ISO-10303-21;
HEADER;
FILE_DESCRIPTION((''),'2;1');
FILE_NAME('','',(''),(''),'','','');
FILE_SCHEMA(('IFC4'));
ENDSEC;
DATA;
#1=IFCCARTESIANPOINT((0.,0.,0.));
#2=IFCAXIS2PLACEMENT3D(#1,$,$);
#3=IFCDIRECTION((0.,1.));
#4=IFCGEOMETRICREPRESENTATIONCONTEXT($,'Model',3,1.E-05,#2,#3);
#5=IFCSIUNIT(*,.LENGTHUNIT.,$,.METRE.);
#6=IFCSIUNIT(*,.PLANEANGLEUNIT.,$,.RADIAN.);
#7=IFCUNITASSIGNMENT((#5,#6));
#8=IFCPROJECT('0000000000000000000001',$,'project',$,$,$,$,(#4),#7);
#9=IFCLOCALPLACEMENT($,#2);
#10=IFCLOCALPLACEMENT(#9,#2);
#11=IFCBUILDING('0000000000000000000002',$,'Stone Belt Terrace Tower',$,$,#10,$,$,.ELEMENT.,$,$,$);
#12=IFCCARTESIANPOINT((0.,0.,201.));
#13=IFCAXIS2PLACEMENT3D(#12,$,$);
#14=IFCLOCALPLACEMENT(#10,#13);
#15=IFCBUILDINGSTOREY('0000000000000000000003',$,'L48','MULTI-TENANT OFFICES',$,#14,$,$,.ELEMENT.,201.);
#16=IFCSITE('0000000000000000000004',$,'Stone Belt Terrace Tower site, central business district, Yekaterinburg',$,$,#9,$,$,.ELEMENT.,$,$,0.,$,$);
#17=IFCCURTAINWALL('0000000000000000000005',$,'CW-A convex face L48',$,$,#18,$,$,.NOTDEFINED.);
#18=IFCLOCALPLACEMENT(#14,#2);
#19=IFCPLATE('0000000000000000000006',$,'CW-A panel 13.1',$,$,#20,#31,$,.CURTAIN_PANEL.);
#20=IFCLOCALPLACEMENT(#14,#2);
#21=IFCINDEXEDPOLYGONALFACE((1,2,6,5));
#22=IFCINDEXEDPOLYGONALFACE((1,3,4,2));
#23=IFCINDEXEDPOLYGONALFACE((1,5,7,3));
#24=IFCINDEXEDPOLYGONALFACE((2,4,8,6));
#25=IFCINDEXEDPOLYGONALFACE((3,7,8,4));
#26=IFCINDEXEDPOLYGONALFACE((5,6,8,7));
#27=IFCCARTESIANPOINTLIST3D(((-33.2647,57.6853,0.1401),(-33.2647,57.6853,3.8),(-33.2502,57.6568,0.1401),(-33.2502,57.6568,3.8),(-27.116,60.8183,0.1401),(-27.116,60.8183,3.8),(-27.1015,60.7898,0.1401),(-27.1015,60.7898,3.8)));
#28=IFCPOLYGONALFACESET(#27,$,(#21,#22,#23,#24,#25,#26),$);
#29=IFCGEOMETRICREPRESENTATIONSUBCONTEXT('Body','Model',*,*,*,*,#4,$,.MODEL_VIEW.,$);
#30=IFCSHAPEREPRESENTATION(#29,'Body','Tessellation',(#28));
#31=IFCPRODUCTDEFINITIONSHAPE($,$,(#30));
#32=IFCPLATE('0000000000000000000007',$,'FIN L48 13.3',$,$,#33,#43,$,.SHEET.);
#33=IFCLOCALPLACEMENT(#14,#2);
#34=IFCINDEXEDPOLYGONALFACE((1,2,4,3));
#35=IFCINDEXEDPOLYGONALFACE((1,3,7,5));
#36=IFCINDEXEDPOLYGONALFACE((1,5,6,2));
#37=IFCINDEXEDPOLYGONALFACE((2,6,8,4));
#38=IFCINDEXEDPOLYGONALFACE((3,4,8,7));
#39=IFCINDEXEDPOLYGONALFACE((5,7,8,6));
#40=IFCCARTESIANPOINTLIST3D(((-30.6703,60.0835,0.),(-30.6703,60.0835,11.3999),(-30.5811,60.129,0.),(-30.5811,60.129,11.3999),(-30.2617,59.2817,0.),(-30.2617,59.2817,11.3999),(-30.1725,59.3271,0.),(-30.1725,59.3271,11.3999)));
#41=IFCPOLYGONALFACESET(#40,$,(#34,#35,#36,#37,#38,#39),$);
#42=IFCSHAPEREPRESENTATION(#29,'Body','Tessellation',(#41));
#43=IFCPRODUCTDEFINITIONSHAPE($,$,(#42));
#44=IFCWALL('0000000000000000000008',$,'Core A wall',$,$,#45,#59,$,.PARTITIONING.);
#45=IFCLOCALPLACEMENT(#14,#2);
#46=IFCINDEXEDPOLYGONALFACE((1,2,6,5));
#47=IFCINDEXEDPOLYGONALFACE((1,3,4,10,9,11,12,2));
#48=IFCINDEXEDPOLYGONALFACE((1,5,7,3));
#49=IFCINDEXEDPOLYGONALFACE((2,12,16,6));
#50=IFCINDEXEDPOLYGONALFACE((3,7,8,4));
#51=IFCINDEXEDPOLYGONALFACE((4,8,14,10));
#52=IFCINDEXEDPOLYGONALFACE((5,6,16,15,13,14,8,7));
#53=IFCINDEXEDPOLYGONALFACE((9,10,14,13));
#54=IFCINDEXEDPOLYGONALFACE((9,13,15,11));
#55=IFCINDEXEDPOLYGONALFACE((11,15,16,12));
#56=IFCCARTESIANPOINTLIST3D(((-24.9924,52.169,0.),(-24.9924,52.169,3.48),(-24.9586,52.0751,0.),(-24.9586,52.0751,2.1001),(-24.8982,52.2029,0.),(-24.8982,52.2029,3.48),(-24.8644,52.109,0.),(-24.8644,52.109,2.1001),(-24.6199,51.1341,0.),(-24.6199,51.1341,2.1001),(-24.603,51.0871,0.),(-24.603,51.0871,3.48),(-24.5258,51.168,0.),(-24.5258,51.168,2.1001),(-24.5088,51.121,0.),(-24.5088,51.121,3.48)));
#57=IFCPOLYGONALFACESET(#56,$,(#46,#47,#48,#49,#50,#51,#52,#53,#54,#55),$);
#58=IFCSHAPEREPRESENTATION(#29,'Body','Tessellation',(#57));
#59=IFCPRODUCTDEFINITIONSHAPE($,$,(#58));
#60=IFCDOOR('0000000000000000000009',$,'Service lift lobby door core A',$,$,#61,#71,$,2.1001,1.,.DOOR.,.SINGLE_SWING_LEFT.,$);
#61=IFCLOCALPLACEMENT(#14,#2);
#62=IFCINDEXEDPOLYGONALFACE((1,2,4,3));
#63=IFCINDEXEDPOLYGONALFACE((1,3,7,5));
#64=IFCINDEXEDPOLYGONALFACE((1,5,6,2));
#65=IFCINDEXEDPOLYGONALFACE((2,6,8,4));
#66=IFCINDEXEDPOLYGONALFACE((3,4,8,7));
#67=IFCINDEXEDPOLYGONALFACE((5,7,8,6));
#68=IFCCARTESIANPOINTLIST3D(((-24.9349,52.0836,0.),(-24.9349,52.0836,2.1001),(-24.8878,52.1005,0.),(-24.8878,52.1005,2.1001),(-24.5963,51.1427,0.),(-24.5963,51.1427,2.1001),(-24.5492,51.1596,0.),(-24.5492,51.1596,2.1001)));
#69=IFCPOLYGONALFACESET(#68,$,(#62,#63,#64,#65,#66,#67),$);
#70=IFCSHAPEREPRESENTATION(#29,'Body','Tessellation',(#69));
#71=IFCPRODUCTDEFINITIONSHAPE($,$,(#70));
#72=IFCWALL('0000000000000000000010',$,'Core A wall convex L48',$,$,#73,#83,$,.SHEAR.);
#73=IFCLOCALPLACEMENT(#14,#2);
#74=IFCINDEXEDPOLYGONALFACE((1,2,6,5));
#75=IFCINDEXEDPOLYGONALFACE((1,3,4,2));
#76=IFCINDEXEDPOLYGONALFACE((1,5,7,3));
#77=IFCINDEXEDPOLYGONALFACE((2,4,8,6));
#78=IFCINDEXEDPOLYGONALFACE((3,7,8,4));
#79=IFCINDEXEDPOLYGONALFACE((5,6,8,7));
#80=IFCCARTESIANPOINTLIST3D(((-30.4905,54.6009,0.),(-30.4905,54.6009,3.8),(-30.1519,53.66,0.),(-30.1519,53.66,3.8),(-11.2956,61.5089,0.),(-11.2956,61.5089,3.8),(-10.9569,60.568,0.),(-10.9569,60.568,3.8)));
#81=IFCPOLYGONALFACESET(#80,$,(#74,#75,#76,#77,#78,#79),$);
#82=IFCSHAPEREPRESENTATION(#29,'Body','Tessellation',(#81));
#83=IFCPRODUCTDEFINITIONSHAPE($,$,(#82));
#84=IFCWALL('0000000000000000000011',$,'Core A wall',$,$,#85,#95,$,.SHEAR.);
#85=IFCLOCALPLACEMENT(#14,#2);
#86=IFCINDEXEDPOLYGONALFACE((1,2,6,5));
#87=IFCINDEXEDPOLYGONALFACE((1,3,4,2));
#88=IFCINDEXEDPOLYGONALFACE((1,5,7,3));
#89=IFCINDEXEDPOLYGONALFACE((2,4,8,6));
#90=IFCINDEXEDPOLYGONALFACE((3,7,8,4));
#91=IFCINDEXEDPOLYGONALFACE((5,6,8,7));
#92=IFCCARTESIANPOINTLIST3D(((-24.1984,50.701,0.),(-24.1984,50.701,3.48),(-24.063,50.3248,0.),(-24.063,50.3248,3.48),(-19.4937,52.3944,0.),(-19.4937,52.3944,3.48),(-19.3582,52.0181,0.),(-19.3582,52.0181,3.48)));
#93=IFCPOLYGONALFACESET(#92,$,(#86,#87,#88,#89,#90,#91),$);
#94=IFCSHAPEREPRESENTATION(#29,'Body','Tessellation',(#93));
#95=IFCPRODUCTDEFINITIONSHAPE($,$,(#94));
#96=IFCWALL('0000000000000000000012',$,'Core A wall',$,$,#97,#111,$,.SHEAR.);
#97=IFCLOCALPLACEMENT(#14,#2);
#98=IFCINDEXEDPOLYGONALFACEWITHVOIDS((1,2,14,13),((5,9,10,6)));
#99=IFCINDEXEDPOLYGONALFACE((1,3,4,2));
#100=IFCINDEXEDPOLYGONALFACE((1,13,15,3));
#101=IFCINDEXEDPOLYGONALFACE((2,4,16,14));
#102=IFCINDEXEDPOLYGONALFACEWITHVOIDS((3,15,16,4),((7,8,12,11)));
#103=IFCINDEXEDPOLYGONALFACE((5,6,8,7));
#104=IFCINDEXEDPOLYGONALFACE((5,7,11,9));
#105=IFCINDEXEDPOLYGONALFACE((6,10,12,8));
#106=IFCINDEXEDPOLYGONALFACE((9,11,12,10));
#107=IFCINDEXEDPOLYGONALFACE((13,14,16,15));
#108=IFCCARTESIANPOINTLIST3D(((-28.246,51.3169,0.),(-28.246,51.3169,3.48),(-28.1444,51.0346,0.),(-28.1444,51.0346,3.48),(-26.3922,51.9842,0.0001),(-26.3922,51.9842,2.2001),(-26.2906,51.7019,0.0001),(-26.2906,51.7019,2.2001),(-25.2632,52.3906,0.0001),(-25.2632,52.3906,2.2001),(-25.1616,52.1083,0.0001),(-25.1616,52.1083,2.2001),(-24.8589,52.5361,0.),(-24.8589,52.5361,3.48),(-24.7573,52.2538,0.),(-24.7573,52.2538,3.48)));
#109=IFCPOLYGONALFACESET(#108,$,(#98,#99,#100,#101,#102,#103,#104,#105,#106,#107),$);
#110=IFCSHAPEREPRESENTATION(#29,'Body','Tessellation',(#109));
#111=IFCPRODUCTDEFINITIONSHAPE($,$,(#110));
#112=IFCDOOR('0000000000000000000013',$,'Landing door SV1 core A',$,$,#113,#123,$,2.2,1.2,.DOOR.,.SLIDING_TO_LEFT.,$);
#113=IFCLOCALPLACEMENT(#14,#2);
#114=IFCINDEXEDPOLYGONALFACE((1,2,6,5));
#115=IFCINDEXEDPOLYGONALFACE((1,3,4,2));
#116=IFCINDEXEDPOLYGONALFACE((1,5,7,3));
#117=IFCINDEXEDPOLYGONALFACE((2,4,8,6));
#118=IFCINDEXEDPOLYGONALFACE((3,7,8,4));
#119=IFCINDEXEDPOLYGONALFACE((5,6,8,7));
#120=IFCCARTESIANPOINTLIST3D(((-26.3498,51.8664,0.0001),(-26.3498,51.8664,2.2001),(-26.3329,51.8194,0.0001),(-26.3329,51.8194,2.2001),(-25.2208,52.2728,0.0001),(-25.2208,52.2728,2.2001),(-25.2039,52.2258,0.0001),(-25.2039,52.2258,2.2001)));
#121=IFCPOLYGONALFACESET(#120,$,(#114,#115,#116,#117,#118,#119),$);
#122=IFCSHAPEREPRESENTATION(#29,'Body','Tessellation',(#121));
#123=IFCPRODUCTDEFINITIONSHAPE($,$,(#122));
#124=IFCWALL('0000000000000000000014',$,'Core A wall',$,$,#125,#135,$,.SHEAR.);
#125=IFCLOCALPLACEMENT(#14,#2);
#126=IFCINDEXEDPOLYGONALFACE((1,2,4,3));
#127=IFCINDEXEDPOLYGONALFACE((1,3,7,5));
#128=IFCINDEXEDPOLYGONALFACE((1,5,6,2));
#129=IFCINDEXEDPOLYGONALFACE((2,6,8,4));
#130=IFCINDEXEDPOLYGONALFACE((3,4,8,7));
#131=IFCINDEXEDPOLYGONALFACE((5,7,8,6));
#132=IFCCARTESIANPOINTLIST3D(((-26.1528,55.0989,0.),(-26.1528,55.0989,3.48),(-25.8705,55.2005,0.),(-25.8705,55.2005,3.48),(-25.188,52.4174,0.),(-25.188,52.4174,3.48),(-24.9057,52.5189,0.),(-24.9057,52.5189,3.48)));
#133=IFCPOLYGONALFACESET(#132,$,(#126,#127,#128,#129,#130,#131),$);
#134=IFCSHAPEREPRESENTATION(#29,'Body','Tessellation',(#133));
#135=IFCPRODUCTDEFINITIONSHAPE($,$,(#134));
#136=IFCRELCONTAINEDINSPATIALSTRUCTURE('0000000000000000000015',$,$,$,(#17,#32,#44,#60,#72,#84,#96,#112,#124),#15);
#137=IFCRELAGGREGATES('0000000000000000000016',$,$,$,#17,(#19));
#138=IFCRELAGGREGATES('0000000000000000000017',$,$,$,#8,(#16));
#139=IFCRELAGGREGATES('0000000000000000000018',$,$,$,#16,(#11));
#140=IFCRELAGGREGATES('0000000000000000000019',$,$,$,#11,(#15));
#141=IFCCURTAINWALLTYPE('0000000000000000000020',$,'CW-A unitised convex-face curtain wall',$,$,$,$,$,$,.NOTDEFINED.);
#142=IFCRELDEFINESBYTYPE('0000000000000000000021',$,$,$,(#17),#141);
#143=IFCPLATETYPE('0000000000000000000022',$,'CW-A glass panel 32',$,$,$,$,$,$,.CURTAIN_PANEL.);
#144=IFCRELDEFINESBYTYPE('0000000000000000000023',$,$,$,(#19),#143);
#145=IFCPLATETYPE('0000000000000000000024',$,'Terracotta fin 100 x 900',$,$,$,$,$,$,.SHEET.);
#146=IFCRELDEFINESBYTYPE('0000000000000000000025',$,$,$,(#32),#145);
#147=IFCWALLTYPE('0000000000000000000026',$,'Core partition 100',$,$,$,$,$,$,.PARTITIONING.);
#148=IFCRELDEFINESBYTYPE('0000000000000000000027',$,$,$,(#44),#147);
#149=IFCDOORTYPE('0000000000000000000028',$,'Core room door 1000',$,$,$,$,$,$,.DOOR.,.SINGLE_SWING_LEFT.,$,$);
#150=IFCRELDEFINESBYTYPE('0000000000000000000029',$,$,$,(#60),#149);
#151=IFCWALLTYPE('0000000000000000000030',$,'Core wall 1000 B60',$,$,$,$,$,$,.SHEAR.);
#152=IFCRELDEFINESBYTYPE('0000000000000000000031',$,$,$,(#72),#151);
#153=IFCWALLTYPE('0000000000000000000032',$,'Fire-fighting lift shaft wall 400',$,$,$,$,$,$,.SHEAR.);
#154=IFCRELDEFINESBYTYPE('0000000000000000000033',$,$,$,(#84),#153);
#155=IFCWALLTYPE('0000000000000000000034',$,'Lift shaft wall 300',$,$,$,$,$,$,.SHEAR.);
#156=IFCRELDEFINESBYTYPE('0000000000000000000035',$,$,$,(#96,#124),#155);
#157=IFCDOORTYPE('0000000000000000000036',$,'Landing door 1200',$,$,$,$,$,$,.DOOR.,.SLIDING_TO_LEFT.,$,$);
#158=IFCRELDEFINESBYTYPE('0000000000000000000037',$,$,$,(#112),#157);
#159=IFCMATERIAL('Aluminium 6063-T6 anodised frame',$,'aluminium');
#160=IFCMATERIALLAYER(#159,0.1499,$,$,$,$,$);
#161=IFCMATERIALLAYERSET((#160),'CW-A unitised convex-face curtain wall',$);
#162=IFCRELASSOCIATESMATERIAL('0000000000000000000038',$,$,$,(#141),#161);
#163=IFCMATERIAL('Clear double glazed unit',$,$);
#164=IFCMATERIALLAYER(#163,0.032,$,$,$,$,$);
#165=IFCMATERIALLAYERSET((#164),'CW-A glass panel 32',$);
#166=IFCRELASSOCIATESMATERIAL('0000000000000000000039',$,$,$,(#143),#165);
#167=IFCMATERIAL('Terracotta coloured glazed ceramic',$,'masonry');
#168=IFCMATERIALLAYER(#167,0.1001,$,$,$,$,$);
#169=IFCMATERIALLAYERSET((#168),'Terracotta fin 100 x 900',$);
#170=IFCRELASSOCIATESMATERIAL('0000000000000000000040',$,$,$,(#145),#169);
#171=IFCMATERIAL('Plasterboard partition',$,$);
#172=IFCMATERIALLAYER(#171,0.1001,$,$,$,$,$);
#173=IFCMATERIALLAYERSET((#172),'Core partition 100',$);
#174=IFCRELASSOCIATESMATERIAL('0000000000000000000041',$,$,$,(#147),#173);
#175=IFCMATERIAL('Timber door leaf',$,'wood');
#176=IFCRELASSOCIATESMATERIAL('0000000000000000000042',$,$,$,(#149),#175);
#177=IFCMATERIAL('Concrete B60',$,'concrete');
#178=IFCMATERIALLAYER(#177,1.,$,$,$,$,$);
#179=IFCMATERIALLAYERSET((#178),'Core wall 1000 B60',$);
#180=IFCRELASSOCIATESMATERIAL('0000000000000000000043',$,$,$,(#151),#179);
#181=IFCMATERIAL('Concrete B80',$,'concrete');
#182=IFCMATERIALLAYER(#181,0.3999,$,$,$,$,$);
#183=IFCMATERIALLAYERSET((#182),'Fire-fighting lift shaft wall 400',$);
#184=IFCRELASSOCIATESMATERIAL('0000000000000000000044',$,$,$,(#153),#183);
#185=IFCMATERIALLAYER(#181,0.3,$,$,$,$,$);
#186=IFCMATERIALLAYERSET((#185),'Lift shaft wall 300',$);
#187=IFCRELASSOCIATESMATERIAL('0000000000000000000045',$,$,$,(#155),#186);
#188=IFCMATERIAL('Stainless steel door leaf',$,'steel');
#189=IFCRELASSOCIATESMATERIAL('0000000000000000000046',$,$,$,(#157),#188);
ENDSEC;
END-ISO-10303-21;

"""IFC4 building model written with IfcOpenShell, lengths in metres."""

from ifc_helpers import new_model, si_unit, direction, frame, frame_2d, origin, origin_2d, place, context, subcontext, project, spatial, rectangle, extrude, material, layer, layer_set, type_object, element, fill, aggregate, save


model = new_model("IFC4")

# Units and contexts
model_context = context("Model", 3, precision=1e-05, world=origin(), true_north=direction((0.0, 1.0)))
body_context = subcontext(model_context, "Body", "Model", "MODEL_VIEW")
ifc_project = project(units=[si_unit("LENGTHUNIT", "METRE"), si_unit("PLANEANGLEUNIT", "RADIAN")], contexts=[model_context])

# Site, building, storey
site_placement = place(None, origin())
site = spatial("IfcSite", under=ifc_project, at=site_placement, Name="Stone Belt Terrace Tower site, central business district, Yekaterinburg", CompositionType="ELEMENT", RefElevation=0.0)
building_placement = place(site_placement, origin())
building = spatial("IfcBuilding", under=site, at=building_placement, Name="Stone Belt Terrace Tower", CompositionType="ELEMENT")
storey_placement = place(building_placement, frame((0.0, 0.0, 201.0)))
storey = spatial("IfcBuildingStorey", under=building, at=storey_placement, Name="L48", Description="MULTI-TENANT OFFICES", CompositionType="ELEMENT", Elevation=201.0)

# Curtain wall, plate
ifc_material_1 = material(Name="Aluminium 6063-T6 anodised frame", Category="aluminium")
ifc_layer_1 = layer(ifc_material_1, 0.1499)
ifc_layer_set_1 = layer_set([ifc_layer_1], Name="CW-A unitised convex-face curtain wall")
curtain_wall_type = type_object("IfcCurtainWallType", Name="CW-A unitised convex-face curtain wall", PredefinedType="NOTDEFINED", material=ifc_layer_set_1)
curtain_wall_placement = place(storey_placement, origin())
curtain_wall = element("IfcCurtainWall", 1, at=curtain_wall_placement, inside=storey, type_object=curtain_wall_type, Name="CW-A convex face L48", PredefinedType="NOTDEFINED")
ifc_material_2 = material(Name="Clear double glazed unit")
ifc_layer_2 = layer(ifc_material_2, 0.032)
ifc_layer_set_2 = layer_set([ifc_layer_2], Name="CW-A glass panel 32")
plate_type_1 = type_object("IfcPlateType", Name="CW-A glass panel 32", PredefinedType="CURTAIN_PANEL", material=ifc_layer_set_2)
plate_1_placement = place(storey_placement, frame((-30.1831, 59.2375, 0.1401), z_axis=(0.0, 0.0, 1.0), x_axis=(-0.891007, -0.45399, 0.0)))
plate_1 = element("IfcPlate", 2, at=plate_1_placement, type_object=plate_type_1, Name="CW-A panel 13.1", PredefinedType="CURTAIN_PANEL", context=body_context, shape_type="SweptSolid", body=[
    extrude(rectangle(XDim=6.9009, YDim=0.032, at=origin_2d()), origin(), (0.0, 0.0, 1.0), 3.6599),
])
aggregate(curtain_wall, [plate_1])

# Plate
ifc_material_3 = material(Name="Terracotta coloured glazed ceramic", Category="masonry")
ifc_layer_3 = layer(ifc_material_3, 0.1001)
ifc_layer_set_3 = layer_set([ifc_layer_3], Name="Terracotta fin 100 x 900")
plate_type_2 = type_object("IfcPlateType", Name="Terracotta fin 100 x 900", PredefinedType="SHEET", material=ifc_layer_set_3)
plate_2_placement = place(storey_placement, frame((-30.4214, 59.7053, 0.0), z_axis=(0.0, 0.0, 1.0), x_axis=(-0.45399, 0.891007, 0.0)))
element("IfcPlate", 3, at=plate_2_placement, inside=storey, type_object=plate_type_2, Name="FIN L48 13.3", PredefinedType="SHEET", context=body_context, shape_type="SweptSolid", body=[
    extrude(rectangle(XDim=0.8999, YDim=0.1001, at=origin_2d()), origin(), (0.0, 0.0, 1.0), 11.3999),
])

# Wall, opening, door
ifc_material_4 = material(Name="Plasterboard partition")
ifc_layer_4 = layer(ifc_material_4, 0.1001)
ifc_layer_set_4 = layer_set([ifc_layer_4], Name="Core partition 100")
wall_type_1 = type_object("IfcWallType", Name="Core partition 100", PredefinedType="PARTITIONING", material=ifc_layer_set_4)
wall_1_placement = place(storey_placement, frame((-24.5559, 51.104, 0.0), z_axis=(0.0, 0.0, 1.0), x_axis=(-0.338622, 0.940923, 0.0)))
wall_1 = element("IfcWall", 4, at=wall_1_placement, inside=storey, type_object=wall_type_1, Name="Core A wall", PredefinedType="PARTITIONING", context=body_context, shape_type="SweptSolid", body=[
    extrude(rectangle(XDim=1.1499, YDim=0.1001, at=frame_2d((0.575, 0.0))), origin(), (0.0, 0.0, 1.0), 3.48),
])
opening_1_placement = place(wall_1_placement, frame((0.05, 0.0, 0.0)))
opening_1 = element("IfcOpeningElement", 5, at=opening_1_placement, cuts=wall_1, PredefinedType="OPENING", context=body_context, shape_type="SweptSolid", body=[
    extrude(rectangle(XDim=1.0, YDim=2.1001, at=frame_2d((0.5, 1.05))), frame((0.0, 0.0601, 0.0), z_axis=(0.0, -1.0, 0.0), x_axis=(1.0, 0.0, 0.0)), (0.0, 0.0, 1.0), 0.1201),
])
ifc_material_5 = material(Name="Timber door leaf", Category="wood")
door_type_1 = type_object("IfcDoorType", Name="Core room door 1000", OperationType="SINGLE_SWING_LEFT", PredefinedType="DOOR", material=ifc_material_5)
door_1_placement = place(opening_1_placement, origin())
door_1 = element("IfcDoor", 6, at=door_1_placement, inside=storey, type_object=door_type_1, Name="Service lift lobby door core A", OperationType="SINGLE_SWING_LEFT", OverallHeight=2.1001, OverallWidth=1.0, PredefinedType="DOOR", context=body_context, shape_type="SweptSolid", body=[
    extrude(rectangle(XDim=1.0, YDim=2.1001, at=frame_2d((0.5, 1.05))), frame((0.0, 0.0249, 0.0), z_axis=(0.0, -1.0, 0.0), x_axis=(1.0, 0.0, 0.0)), (0.0, 0.0, 1.0), 0.05),
])
fill(opening_1, door_1)

# Walls
ifc_material_6 = material(Name="Concrete B60", Category="concrete")
ifc_layer_5 = layer(ifc_material_6, 1.0)
ifc_layer_set_5 = layer_set([ifc_layer_5], Name="Core wall 1000 B60")
wall_type_2 = type_object("IfcWallType", Name="Core wall 1000 B60", PredefinedType="SHEAR", material=ifc_layer_set_5)
wall_2_placement = place(storey_placement, frame((-30.3213, 54.1304, 0.0), z_axis=(0.0, 0.0, 1.0), x_axis=(0.940921, 0.338625, 0.0)))
element("IfcWall", 7, at=wall_2_placement, inside=storey, type_object=wall_type_2, Name="Core A wall convex L48", PredefinedType="SHEAR", context=body_context, shape_type="SweptSolid", body=[
    extrude(rectangle(XDim=20.4001, YDim=1.0, at=frame_2d((10.2002, 0.0))), origin(), (0.0, 0.0, 1.0), 3.8),
])
ifc_material_7 = material(Name="Concrete B80", Category="concrete")
ifc_layer_6 = layer(ifc_material_7, 0.3999)
ifc_layer_set_6 = layer_set([ifc_layer_6], Name="Fire-fighting lift shaft wall 400")
wall_type_3 = type_object("IfcWallType", Name="Fire-fighting lift shaft wall 400", PredefinedType="SHEAR", material=ifc_layer_set_6)
wall_3_placement = place(storey_placement, frame((-24.1306, 50.5129, 0.0), z_axis=(0.0, 0.0, 1.0), x_axis=(0.940912, 0.338652, 0.0)))
element("IfcWall", 8, at=wall_3_placement, inside=storey, type_object=wall_type_3, Name="Core A wall", PredefinedType="SHEAR", context=body_context, shape_type="SweptSolid", body=[
    extrude(rectangle(XDim=5.0002, YDim=0.3999, at=frame_2d((2.5, 0.0))), origin(), (0.0, 0.0, 1.0), 3.48),
])

# Wall, opening, door
ifc_layer_7 = layer(ifc_material_7, 0.3)
ifc_layer_set_7 = layer_set([ifc_layer_7], Name="Lift shaft wall 300")
wall_type_4 = type_object("IfcWallType", Name="Lift shaft wall 300", PredefinedType="SHEAR", material=ifc_layer_set_7)
wall_4_placement = place(storey_placement, frame((-28.1951, 51.1758, 0.0), z_axis=(0.0, 0.0, 1.0), x_axis=(0.940901, 0.338681, 0.0)))
wall_4 = element("IfcWall", 9, at=wall_4_placement, inside=storey, type_object=wall_type_4, Name="Core A wall", PredefinedType="SHEAR", context=body_context, shape_type="SweptSolid", body=[
    extrude(rectangle(XDim=3.5999, YDim=0.3, at=frame_2d((1.7998, 0.0))), origin(), (0.0, 0.0, 1.0), 3.48),
])
opening_2_placement = place(wall_4_placement, frame((1.97, 0.0, 0.0)))
opening_2 = element("IfcOpeningElement", 10, at=opening_2_placement, cuts=wall_4, PredefinedType="OPENING", context=body_context, shape_type="SweptSolid", body=[
    extrude(rectangle(XDim=1.2, YDim=2.2, at=frame_2d((0.6001, 1.1001))), frame((0.0, 0.1599, 0.0), z_axis=(0.0, -1.0, 0.0), x_axis=(1.0, 0.0, 0.0)), (0.0, 0.0, 1.0), 0.3201),
])
ifc_material_8 = material(Name="Stainless steel door leaf", Category="steel")
door_type_2 = type_object("IfcDoorType", Name="Landing door 1200", OperationType="SLIDING_TO_LEFT", PredefinedType="DOOR", material=ifc_material_8)
door_2_placement = place(opening_2_placement, origin())
door_2 = element("IfcDoor", 11, at=door_2_placement, inside=storey, type_object=door_type_2, Name="Landing door SV1 core A", OperationType="SLIDING_TO_LEFT", OverallHeight=2.2, OverallWidth=1.2, PredefinedType="DOOR", context=body_context, shape_type="SweptSolid", body=[
    extrude(rectangle(XDim=1.2, YDim=2.2, at=frame_2d((0.6001, 1.1001))), frame((0.0, 0.0249, 0.0), z_axis=(0.0, -1.0, 0.0), x_axis=(1.0, 0.0, 0.0)), (0.0, 0.0, 1.0), 0.05),
])
fill(opening_2, door_2)

# Wall
wall_5_placement = place(storey_placement, frame((-25.0469, 52.4683, 0.0), z_axis=(0.0, 0.0, 1.0), x_axis=(-0.33855, 0.940949, 0.0)))
element("IfcWall", 12, at=wall_5_placement, inside=storey, type_object=wall_type_4, Name="Core A wall", PredefinedType="SHEAR", context=body_context, shape_type="SweptSolid", body=[
    extrude(rectangle(XDim=2.8499, YDim=0.3, at=frame_2d((1.4248, 0.0))), origin(), (0.0, 0.0, 1.0), 3.48),
])

save(model, "model.ifc")
